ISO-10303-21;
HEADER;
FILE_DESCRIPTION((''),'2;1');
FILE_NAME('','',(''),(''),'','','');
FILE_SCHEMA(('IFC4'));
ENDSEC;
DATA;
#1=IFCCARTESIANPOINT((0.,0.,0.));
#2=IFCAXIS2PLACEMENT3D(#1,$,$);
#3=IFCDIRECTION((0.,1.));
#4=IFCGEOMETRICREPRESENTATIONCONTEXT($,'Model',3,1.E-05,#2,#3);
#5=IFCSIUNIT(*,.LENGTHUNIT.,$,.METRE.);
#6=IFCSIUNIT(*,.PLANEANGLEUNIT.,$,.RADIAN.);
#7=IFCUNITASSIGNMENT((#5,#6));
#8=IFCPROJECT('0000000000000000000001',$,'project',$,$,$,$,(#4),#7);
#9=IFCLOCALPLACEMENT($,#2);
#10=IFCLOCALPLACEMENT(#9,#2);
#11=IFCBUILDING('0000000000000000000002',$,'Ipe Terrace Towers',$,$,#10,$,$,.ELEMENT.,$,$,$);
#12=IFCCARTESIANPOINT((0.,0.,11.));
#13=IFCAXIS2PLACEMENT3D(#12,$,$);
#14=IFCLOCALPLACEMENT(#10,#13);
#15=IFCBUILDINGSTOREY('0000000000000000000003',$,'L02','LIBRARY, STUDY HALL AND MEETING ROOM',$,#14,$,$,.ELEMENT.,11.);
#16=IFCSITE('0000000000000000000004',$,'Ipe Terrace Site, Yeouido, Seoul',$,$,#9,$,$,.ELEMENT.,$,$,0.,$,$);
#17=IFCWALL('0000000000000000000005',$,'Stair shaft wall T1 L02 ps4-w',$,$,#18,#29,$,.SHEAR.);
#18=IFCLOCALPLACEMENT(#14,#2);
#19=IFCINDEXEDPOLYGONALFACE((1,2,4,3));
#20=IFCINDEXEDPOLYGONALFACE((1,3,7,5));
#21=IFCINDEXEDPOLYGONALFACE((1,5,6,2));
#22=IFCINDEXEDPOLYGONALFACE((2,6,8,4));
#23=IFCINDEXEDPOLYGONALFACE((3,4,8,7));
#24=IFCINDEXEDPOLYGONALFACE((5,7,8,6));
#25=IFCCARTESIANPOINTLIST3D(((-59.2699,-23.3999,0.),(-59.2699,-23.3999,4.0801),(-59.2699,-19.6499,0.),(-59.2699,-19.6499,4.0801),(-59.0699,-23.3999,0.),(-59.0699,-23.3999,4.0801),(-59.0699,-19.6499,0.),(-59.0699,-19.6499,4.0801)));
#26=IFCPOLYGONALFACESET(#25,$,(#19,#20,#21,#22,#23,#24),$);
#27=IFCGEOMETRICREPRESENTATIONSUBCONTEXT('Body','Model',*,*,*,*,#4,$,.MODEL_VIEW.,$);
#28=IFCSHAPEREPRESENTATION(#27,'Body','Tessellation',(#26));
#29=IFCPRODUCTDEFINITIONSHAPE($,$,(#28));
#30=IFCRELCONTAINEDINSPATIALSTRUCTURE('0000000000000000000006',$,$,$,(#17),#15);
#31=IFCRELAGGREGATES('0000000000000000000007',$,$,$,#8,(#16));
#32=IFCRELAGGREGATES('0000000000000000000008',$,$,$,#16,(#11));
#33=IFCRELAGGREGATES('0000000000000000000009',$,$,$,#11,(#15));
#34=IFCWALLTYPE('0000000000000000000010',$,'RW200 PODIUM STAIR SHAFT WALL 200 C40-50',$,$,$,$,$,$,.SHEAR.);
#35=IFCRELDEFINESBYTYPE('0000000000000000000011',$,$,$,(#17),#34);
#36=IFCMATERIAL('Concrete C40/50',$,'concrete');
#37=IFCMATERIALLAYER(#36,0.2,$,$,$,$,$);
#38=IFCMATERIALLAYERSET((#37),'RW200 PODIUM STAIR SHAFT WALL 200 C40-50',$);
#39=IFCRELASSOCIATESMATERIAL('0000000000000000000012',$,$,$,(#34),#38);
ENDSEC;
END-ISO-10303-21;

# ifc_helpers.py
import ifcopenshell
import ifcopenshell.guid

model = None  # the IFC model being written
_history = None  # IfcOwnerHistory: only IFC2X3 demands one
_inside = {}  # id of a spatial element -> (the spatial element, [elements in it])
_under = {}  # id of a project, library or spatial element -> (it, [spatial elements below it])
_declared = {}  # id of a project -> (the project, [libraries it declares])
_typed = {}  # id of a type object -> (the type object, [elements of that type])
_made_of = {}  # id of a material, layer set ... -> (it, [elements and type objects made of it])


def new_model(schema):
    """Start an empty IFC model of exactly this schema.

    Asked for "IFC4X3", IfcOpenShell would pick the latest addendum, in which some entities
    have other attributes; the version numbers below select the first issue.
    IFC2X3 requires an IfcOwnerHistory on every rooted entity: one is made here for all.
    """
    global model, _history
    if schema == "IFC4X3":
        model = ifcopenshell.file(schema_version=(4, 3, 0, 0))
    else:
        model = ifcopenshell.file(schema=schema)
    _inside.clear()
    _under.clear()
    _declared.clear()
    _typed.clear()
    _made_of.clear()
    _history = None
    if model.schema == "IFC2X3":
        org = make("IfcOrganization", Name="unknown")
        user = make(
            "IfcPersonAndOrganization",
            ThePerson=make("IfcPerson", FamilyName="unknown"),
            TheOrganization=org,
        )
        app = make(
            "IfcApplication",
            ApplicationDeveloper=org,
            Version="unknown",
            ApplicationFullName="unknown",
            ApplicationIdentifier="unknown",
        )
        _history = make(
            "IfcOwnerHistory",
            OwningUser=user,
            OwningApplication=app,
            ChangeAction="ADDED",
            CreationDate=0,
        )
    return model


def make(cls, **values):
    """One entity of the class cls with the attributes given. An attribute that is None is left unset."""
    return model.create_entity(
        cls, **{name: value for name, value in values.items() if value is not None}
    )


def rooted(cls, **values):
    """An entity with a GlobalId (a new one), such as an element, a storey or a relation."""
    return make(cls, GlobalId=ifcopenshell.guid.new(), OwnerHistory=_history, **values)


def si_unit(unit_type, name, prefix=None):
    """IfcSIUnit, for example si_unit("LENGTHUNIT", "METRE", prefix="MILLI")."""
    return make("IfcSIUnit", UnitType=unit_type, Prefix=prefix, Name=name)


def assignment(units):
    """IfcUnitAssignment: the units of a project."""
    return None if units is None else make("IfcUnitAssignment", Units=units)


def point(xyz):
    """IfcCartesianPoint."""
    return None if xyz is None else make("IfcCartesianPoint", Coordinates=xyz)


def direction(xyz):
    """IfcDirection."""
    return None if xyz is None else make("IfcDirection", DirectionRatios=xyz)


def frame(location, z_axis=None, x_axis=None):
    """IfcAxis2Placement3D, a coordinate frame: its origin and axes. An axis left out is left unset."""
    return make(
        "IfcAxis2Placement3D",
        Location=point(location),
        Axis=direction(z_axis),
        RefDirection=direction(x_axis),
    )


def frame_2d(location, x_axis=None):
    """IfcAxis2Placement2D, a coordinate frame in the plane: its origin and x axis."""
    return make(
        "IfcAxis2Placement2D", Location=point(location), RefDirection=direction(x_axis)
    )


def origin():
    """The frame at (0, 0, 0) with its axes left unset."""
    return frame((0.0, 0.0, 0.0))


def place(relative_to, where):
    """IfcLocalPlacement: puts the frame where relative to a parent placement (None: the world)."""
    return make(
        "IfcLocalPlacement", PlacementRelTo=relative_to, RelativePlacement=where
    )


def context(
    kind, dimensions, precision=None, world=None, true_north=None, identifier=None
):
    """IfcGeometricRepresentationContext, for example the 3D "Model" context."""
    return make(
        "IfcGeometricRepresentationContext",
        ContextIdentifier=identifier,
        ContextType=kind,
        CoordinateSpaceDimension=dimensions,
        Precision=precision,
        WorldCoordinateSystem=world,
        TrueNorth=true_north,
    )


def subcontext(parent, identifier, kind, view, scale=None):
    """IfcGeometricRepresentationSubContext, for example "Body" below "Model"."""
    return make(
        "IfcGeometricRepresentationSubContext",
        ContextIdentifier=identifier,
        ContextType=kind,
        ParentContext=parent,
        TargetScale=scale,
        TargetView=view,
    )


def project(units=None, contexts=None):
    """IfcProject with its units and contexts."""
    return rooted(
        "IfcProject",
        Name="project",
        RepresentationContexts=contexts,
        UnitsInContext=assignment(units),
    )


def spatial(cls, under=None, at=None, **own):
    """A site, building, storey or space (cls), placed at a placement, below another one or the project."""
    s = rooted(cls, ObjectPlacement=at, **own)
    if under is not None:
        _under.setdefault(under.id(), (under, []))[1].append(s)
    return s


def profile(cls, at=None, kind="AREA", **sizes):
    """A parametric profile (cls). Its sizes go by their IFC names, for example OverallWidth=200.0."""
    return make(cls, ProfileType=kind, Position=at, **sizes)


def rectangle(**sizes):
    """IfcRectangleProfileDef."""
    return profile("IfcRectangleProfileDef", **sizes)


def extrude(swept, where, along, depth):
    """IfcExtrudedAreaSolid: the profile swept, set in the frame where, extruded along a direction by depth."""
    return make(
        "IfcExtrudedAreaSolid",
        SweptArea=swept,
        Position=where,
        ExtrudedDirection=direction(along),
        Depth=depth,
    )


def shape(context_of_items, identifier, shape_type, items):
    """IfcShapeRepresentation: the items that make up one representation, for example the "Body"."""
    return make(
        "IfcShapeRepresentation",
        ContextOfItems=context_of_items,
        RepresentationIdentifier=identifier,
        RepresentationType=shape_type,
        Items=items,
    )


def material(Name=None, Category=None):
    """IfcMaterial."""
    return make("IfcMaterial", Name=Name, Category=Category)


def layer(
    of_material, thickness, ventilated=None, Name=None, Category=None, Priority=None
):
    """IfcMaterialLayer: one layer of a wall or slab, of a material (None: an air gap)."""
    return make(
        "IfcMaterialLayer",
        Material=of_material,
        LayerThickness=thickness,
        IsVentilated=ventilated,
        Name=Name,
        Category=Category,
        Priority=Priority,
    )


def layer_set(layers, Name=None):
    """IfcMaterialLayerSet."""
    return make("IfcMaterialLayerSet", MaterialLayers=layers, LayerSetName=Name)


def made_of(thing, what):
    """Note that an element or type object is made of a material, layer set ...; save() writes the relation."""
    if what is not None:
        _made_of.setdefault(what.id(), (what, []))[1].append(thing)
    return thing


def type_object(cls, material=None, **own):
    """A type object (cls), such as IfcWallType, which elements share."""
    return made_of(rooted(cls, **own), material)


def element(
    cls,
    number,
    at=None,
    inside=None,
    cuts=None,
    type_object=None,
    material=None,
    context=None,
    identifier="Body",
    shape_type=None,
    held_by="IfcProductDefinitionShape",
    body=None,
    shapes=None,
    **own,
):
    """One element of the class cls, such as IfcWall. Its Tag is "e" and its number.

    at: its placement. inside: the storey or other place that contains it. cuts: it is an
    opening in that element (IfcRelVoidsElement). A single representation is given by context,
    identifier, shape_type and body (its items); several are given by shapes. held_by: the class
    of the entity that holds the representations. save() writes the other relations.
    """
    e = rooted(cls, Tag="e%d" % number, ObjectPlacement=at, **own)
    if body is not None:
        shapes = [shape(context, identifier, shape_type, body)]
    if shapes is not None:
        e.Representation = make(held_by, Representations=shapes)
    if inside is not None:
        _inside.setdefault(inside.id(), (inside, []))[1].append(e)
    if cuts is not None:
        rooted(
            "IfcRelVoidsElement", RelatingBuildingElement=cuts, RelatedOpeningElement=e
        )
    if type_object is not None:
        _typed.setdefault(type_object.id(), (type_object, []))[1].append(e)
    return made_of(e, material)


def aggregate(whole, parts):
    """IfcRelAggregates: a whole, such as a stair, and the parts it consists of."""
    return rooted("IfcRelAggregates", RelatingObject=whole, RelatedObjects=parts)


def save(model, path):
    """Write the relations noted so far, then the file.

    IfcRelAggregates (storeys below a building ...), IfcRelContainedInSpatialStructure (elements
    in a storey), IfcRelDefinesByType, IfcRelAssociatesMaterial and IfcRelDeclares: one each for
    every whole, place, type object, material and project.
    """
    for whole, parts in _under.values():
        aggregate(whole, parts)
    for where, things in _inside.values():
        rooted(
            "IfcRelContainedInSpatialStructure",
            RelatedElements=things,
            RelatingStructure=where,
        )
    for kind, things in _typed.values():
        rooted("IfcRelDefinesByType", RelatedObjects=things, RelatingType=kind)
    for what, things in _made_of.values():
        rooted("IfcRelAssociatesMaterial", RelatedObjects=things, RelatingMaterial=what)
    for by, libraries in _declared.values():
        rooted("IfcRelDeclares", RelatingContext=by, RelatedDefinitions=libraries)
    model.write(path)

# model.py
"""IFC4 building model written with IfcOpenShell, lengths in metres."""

from ifc_helpers import new_model, si_unit, direction, frame, frame_2d, origin, place, context, subcontext, project, spatial, rectangle, extrude, material, layer, layer_set, type_object, element, save


model = new_model("IFC4")

# Units and contexts
model_context = context("Model", 3, precision=1e-05, world=origin(), true_north=direction((0.0, 1.0)))
body_context = subcontext(model_context, "Body", "Model", "MODEL_VIEW")
ifc_project = project(units=[si_unit("LENGTHUNIT", "METRE"), si_unit("PLANEANGLEUNIT", "RADIAN")], contexts=[model_context])

# Site, building, storey
site_placement = place(None, origin())
site = spatial("IfcSite", under=ifc_project, at=site_placement, Name="Ipe Terrace Site, Yeouido, Seoul", CompositionType="ELEMENT", RefElevation=0.0)
building_placement = place(site_placement, origin())
building = spatial("IfcBuilding", under=site, at=building_placement, Name="Ipe Terrace Towers", CompositionType="ELEMENT")
storey_placement = place(building_placement, frame((0.0, 0.0, 11.0)))
storey = spatial("IfcBuildingStorey", under=building, at=storey_placement, Name="L02", Description="LIBRARY, STUDY HALL AND MEETING ROOM", CompositionType="ELEMENT", Elevation=11.0)

# Wall
ifc_material_1 = material(Name="Concrete C40/50", Category="concrete")
ifc_layer_1 = layer(ifc_material_1, 0.2)
ifc_layer_set_1 = layer_set([ifc_layer_1], Name="RW200 PODIUM STAIR SHAFT WALL 200 C40-50")
wall_type_1 = type_object("IfcWallType", Name="RW200 PODIUM STAIR SHAFT WALL 200 C40-50", PredefinedType="SHEAR", material=ifc_layer_set_1)
wall_1_placement = place(storey_placement, frame((-59.1699, -23.3999, 0.0), z_axis=(0.0, 0.0, 1.0), x_axis=(0.0, 1.0, 0.0)))
element("IfcWall", 1, at=wall_1_placement, inside=storey, type_object=wall_type_1, Name="Stair shaft wall T1 L02 ps4-w", PredefinedType="SHEAR", context=body_context, shape_type="SweptSolid", body=[
    extrude(rectangle(XDim=3.75, YDim=0.2, at=frame_2d((1.875, 0.0))), origin(), (0.0, 0.0, 1.0), 4.0801),
])

save(model, "model.ifc")
